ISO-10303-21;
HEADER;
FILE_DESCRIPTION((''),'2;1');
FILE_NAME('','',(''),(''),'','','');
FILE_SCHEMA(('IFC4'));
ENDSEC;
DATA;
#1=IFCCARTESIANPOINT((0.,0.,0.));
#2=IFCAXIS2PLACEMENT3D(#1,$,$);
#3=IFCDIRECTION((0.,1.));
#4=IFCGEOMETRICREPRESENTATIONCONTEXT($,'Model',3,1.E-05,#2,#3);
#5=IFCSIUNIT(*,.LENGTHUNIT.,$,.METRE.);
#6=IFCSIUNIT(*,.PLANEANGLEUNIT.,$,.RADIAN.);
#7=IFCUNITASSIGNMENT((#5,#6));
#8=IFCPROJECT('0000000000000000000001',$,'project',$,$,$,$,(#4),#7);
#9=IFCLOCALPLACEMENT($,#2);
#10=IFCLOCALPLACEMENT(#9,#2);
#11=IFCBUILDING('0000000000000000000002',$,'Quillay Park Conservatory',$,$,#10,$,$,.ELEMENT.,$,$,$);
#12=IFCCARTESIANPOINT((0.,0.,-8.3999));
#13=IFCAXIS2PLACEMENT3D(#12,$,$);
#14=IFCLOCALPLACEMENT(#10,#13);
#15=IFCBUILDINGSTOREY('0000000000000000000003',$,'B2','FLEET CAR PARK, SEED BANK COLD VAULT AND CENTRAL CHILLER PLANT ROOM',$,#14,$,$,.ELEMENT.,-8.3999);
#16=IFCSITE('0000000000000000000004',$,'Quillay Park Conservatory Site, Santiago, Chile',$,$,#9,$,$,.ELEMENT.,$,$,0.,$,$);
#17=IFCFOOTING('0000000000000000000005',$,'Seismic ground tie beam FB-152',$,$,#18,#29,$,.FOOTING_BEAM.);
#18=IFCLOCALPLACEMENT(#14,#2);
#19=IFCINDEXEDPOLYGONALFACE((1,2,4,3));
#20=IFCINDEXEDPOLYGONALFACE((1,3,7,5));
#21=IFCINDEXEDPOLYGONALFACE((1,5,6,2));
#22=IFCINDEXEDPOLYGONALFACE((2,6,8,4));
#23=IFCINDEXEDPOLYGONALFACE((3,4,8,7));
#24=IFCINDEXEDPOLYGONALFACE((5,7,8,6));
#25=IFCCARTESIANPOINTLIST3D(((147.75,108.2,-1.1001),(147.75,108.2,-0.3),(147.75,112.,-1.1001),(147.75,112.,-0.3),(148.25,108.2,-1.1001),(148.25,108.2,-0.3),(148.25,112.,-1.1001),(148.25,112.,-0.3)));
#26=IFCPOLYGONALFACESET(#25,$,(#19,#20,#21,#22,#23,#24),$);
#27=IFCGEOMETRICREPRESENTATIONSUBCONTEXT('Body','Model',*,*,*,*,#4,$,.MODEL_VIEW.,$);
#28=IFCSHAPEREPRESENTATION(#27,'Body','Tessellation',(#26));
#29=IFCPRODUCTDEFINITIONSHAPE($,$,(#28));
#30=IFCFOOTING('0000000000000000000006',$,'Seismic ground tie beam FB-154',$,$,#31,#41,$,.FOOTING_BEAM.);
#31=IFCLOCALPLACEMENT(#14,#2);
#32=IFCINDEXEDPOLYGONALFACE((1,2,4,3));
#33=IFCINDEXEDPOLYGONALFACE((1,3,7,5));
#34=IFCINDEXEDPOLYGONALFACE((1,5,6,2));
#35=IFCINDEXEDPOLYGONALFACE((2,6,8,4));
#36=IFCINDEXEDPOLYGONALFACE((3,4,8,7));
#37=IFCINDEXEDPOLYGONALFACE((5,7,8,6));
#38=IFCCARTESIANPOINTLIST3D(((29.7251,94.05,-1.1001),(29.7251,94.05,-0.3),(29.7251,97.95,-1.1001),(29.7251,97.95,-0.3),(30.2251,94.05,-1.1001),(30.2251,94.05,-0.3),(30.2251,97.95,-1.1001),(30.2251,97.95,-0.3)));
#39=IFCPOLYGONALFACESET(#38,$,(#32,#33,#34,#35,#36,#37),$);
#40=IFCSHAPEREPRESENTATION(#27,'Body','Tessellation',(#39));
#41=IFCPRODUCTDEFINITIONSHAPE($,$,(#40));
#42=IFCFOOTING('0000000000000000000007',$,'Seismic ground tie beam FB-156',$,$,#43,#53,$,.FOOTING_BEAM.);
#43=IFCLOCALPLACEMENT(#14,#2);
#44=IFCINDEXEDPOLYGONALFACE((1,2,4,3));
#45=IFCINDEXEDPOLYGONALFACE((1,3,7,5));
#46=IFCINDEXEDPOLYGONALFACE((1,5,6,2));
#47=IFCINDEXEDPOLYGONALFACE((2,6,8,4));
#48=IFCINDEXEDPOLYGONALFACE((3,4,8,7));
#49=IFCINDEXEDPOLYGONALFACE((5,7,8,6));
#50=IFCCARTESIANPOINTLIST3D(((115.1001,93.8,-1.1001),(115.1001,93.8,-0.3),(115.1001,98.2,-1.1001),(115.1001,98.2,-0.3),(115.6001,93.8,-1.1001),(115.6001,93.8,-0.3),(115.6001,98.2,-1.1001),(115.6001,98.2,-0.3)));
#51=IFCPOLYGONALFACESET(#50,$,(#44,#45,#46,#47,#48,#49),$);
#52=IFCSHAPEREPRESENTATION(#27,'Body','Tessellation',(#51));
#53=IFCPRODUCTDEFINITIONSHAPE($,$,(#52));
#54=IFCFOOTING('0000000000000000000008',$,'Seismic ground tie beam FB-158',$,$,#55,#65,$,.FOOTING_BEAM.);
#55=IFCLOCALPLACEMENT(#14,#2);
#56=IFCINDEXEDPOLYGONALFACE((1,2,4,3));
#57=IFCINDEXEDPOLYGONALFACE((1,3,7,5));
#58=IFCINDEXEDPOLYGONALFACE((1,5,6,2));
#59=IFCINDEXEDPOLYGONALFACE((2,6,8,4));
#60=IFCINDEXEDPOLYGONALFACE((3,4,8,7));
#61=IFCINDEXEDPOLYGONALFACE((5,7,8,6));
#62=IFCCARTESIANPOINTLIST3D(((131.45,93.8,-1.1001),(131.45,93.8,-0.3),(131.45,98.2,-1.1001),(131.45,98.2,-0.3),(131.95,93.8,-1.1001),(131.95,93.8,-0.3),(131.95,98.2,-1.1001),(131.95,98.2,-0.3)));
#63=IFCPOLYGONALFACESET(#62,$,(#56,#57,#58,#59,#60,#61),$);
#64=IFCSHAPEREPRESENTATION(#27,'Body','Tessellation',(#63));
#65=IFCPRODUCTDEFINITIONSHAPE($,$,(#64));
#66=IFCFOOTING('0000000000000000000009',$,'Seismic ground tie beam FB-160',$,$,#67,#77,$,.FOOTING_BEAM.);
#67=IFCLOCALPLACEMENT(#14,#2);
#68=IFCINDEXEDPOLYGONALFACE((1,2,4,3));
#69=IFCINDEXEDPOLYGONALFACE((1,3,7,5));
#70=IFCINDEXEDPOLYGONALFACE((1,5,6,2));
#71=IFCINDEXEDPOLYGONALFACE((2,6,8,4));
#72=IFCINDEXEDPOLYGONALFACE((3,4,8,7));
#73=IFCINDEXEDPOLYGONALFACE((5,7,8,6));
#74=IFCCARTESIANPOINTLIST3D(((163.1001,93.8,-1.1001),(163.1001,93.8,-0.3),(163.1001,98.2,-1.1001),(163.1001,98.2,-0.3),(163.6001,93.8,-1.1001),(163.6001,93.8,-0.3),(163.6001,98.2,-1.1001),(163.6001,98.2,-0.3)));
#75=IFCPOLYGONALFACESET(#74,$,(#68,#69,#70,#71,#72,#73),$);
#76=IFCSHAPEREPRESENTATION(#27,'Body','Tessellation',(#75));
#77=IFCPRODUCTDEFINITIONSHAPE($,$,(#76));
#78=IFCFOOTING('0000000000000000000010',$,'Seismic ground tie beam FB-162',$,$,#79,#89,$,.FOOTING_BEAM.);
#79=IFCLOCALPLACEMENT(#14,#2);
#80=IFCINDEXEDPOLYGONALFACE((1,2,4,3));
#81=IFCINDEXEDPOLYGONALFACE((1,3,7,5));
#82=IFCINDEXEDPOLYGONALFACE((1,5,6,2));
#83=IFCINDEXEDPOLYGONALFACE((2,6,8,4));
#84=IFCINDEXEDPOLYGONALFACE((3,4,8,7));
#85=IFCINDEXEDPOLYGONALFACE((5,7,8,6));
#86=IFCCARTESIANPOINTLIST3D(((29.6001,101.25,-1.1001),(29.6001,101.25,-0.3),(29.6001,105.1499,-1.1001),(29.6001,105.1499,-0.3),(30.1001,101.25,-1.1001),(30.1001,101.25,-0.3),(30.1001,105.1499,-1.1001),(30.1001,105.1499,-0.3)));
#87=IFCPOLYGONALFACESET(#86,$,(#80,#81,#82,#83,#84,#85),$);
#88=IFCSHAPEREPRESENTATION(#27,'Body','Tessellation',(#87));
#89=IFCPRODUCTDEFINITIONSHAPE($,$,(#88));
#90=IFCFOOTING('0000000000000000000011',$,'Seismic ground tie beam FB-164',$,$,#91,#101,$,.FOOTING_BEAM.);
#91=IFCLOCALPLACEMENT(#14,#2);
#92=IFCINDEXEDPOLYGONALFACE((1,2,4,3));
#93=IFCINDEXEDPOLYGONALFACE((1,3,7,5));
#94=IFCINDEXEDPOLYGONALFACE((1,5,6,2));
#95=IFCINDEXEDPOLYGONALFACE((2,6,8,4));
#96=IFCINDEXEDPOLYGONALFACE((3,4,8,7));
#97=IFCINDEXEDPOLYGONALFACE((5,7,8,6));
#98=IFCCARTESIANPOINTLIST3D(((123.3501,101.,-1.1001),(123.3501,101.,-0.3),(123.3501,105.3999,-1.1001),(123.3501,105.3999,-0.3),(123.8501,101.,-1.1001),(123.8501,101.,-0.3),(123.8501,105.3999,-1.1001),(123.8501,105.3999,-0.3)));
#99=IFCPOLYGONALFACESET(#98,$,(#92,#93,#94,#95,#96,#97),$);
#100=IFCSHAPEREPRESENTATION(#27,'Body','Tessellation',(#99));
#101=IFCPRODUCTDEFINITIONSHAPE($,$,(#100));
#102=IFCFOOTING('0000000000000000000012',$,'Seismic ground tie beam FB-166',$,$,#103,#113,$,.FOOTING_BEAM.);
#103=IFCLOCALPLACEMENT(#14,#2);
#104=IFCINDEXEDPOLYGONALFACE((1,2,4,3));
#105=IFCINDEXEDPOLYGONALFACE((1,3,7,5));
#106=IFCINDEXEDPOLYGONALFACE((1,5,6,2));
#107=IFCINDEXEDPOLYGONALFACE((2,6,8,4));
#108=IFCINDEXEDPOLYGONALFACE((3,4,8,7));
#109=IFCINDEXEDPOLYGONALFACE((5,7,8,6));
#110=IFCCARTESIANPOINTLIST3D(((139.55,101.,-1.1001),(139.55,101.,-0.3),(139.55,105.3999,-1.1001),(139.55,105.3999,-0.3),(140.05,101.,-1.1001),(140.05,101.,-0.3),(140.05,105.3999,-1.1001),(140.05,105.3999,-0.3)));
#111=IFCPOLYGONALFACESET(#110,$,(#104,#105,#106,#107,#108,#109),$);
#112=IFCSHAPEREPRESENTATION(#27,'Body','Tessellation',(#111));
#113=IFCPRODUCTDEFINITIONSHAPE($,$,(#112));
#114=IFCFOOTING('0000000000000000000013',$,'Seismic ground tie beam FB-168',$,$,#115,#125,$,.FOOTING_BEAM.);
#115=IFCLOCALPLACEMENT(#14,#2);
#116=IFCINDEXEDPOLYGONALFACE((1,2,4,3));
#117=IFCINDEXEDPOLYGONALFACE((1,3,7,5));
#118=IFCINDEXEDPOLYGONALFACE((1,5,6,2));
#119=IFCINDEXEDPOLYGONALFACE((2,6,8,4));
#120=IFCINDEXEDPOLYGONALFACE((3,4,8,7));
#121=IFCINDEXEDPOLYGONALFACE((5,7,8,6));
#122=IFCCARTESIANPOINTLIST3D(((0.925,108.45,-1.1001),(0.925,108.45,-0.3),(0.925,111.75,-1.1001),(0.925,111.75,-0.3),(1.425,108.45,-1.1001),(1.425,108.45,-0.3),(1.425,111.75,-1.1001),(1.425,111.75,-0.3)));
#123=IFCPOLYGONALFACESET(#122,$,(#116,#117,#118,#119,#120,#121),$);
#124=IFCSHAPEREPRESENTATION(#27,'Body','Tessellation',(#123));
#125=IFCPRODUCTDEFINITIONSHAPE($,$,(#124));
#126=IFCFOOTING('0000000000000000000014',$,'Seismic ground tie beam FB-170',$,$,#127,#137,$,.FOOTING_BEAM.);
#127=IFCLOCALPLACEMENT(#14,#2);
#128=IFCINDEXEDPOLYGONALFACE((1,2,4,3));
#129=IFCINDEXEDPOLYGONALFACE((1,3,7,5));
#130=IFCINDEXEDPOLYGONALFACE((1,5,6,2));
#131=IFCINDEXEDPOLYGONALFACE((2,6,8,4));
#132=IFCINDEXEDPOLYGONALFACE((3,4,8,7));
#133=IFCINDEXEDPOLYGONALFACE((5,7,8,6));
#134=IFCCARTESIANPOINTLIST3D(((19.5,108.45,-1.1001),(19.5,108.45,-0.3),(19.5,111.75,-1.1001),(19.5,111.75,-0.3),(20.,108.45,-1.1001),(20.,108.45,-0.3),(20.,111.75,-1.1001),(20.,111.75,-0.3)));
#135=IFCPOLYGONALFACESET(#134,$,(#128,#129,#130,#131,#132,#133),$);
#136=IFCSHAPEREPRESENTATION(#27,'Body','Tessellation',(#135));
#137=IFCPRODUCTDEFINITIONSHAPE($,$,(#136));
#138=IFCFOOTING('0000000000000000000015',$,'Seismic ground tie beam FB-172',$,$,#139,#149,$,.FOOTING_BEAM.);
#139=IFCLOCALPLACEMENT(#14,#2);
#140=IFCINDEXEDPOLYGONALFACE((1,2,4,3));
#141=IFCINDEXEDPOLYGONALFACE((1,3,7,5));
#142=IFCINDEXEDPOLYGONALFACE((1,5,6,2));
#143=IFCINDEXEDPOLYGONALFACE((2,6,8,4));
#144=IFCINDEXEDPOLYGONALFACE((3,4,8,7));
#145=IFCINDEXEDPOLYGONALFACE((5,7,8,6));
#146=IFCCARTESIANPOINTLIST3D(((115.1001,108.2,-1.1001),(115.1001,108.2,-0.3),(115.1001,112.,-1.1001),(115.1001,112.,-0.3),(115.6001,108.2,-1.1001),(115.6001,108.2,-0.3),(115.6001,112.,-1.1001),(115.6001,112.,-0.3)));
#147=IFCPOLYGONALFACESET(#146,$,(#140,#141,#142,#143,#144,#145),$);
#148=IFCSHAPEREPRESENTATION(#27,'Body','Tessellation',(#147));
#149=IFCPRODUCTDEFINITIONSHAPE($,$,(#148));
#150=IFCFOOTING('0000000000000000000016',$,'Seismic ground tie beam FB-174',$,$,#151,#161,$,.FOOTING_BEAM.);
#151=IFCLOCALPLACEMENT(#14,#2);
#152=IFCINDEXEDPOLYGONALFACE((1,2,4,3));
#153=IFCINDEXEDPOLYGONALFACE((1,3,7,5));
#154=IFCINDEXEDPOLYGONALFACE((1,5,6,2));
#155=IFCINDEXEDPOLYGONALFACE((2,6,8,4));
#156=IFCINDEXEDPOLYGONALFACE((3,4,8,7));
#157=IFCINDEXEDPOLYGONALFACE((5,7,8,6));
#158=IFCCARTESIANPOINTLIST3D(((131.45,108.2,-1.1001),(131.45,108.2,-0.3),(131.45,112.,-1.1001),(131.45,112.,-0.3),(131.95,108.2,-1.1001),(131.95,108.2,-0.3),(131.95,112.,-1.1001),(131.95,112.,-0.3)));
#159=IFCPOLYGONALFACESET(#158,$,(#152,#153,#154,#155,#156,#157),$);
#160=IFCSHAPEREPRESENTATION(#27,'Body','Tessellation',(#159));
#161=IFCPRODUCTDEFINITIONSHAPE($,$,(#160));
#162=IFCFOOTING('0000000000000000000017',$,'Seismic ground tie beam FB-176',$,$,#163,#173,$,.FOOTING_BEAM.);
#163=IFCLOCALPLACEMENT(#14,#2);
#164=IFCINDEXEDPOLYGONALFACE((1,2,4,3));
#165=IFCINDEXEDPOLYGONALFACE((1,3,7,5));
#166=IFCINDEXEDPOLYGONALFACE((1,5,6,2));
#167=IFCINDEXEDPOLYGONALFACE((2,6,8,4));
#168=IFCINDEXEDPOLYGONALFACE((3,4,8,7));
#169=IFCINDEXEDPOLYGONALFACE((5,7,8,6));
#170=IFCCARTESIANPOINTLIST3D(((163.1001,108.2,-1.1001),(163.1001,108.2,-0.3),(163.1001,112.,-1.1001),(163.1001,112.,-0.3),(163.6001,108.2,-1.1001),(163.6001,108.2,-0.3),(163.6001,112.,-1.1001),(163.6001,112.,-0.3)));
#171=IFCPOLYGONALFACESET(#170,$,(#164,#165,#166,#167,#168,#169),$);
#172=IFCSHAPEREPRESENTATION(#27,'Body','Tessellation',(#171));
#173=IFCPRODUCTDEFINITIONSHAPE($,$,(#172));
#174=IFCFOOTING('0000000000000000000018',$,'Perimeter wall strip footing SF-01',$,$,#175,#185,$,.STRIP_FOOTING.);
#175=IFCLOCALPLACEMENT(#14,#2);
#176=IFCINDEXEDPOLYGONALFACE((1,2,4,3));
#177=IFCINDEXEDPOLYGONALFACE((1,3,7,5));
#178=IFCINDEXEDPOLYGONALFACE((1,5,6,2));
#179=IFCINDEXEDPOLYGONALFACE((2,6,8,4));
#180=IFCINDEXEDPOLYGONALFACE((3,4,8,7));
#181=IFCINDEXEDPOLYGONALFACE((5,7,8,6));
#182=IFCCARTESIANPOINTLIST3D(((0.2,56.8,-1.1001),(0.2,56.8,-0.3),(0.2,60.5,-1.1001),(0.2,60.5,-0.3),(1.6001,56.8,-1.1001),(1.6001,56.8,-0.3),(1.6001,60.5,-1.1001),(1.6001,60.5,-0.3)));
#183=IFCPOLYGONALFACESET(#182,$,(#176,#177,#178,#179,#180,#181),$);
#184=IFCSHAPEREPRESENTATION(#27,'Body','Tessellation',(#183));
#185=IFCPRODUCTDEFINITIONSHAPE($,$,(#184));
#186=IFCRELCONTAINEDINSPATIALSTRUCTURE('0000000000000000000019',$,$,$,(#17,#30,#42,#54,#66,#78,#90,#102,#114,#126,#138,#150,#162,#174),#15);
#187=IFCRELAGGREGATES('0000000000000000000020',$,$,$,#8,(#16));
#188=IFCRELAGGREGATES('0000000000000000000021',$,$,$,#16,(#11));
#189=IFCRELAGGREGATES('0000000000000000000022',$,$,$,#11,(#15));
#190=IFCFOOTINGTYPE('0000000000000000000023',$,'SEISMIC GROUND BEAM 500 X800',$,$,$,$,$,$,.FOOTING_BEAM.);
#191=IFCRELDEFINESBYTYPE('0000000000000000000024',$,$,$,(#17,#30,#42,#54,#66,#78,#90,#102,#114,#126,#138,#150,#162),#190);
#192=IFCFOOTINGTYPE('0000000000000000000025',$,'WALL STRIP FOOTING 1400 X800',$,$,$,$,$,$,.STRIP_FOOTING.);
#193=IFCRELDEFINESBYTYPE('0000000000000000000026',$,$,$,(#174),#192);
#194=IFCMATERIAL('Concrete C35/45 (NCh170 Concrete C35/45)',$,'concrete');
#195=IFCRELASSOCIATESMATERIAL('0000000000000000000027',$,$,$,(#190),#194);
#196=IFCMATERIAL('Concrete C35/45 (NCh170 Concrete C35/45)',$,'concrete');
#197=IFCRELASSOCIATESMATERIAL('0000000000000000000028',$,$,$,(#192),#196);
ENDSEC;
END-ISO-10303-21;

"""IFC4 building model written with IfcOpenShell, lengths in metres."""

from ifc_helpers import new_model, si_unit, direction, frame, origin, place, context, subcontext, project, spatial, polyline, outline, extrude, material, type_object, element, save


model = new_model("IFC4")

# Units and contexts
model_context = context("Model", 3, precision=1e-05, world=origin(), true_north=direction((0.0, 1.0)))
body_context = subcontext(model_context, "Body", "Model", "MODEL_VIEW")
ifc_project = project(units=[si_unit("LENGTHUNIT", "METRE"), si_unit("PLANEANGLEUNIT", "RADIAN")], contexts=[model_context])

# Site, building, storey
site_placement = place(None, origin())
site = spatial("IfcSite", under=ifc_project, at=site_placement, Name="Quillay Park Conservatory Site, Santiago, Chile", CompositionType="ELEMENT", RefElevation=0.0)
building_placement = place(site_placement, origin())
building = spatial("IfcBuilding", under=site, at=building_placement, Name="Quillay Park Conservatory", CompositionType="ELEMENT")
storey_placement = place(building_placement, frame((0.0, 0.0, -8.3999)))
storey = spatial("IfcBuildingStorey", under=building, at=storey_placement, Name="B2", Description="FLEET CAR PARK, SEED BANK COLD VAULT AND CENTRAL CHILLER PLANT ROOM", CompositionType="ELEMENT", Elevation=-8.3999)

# Footings
ifc_material_1 = material(Name="Concrete C35/45 (NCh170 Concrete C35/45)", Category="concrete")
footing_type_1 = type_object("IfcFootingType", Name="SEISMIC GROUND BEAM 500 X800", PredefinedType="FOOTING_BEAM", material=ifc_material_1)
footing_1_placement = place(storey_placement, frame((0.0, 0.0, -1.1001)))
element("IfcFooting", 1, at=footing_1_placement, inside=storey, type_object=footing_type_1, Name="Seismic ground tie beam FB-152", PredefinedType="FOOTING_BEAM", context=body_context, shape_type="SweptSolid", body=[
    extrude(outline(polyline([(147.75, 108.2), (148.25, 108.2), (148.25, 112.0), (147.75, 112.0), (147.75, 108.2)])), origin(), (0.0, 0.0, 1.0), 0.8),
])
footing_2_placement = place(storey_placement, frame((0.0, 0.0, -1.1001)))
element("IfcFooting", 2, at=footing_2_placement, inside=storey, type_object=footing_type_1, Name="Seismic ground tie beam FB-154", PredefinedType="FOOTING_BEAM", context=body_context, shape_type="SweptSolid", body=[
    extrude(outline(polyline([(29.7251, 94.05), (30.2251, 94.05), (30.2251, 97.95), (29.7251, 97.95), (29.7251, 94.05)])), origin(), (0.0, 0.0, 1.0), 0.8),
])
footing_3_placement = place(storey_placement, frame((0.0, 0.0, -1.1001)))
element("IfcFooting", 3, at=footing_3_placement, inside=storey, type_object=footing_type_1, Name="Seismic ground tie beam FB-156", PredefinedType="FOOTING_BEAM", context=body_context, shape_type="SweptSolid", body=[
    extrude(outline(polyline([(115.1001, 93.8), (115.6001, 93.8), (115.6001, 98.2), (115.1001, 98.2), (115.1001, 93.8)])), origin(), (0.0, 0.0, 1.0), 0.8),
])
footing_4_placement = place(storey_placement, frame((0.0, 0.0, -1.1001)))
element("IfcFooting", 4, at=footing_4_placement, inside=storey, type_object=footing_type_1, Name="Seismic ground tie beam FB-158", PredefinedType="FOOTING_BEAM", context=body_context, shape_type="SweptSolid", body=[
    extrude(outline(polyline([(131.45, 93.8), (131.95, 93.8), (131.95, 98.2), (131.45, 98.2), (131.45, 93.8)])), origin(), (0.0, 0.0, 1.0), 0.8),
])
footing_5_placement = place(storey_placement, frame((0.0, 0.0, -1.1001)))
element("IfcFooting", 5, at=footing_5_placement, inside=storey, type_object=footing_type_1, Name="Seismic ground tie beam FB-160", PredefinedType="FOOTING_BEAM", context=body_context, shape_type="SweptSolid", body=[
    extrude(outline(polyline([(163.1001, 93.8), (163.6001, 93.8), (163.6001, 98.2), (163.1001, 98.2), (163.1001, 93.8)])), origin(), (0.0, 0.0, 1.0), 0.8),
])
footing_6_placement = place(storey_placement, frame((0.0, 0.0, -1.1001)))
element("IfcFooting", 6, at=footing_6_placement, inside=storey, type_object=footing_type_1, Name="Seismic ground tie beam FB-162", PredefinedType="FOOTING_BEAM", context=body_context, shape_type="SweptSolid", body=[
    extrude(outline(polyline([(29.6001, 101.25), (30.1001, 101.25), (30.1001, 105.1499), (29.6001, 105.1499), (29.6001, 101.25)])), origin(), (0.0, 0.0, 1.0), 0.8),
])
footing_7_placement = place(storey_placement, frame((0.0, 0.0, -1.1001)))
element("IfcFooting", 7, at=footing_7_placement, inside=storey, type_object=footing_type_1, Name="Seismic ground tie beam FB-164", PredefinedType="FOOTING_BEAM", context=body_context, shape_type="SweptSolid", body=[
    extrude(outline(polyline([(123.3501, 101.0), (123.8501, 101.0), (123.8501, 105.3999), (123.3501, 105.3999), (123.3501, 101.0)])), origin(), (0.0, 0.0, 1.0), 0.8),
])
footing_8_placement = place(storey_placement, frame((0.0, 0.0, -1.1001)))
element("IfcFooting", 8, at=footing_8_placement, inside=storey, type_object=footing_type_1, Name="Seismic ground tie beam FB-166", PredefinedType="FOOTING_BEAM", context=body_context, shape_type="SweptSolid", body=[
    extrude(outline(polyline([(139.55, 101.0), (140.05, 101.0), (140.05, 105.3999), (139.55, 105.3999), (139.55, 101.0)])), origin(), (0.0, 0.0, 1.0), 0.8),
])
footing_9_placement = place(storey_placement, frame((0.0, 0.0, -1.1001)))
element("IfcFooting", 9, at=footing_9_placement, inside=storey, type_object=footing_type_1, Name="Seismic ground tie beam FB-168", PredefinedType="FOOTING_BEAM", context=body_context, shape_type="SweptSolid", body=[
    extrude(outline(polyline([(0.925, 108.45), (1.425, 108.45), (1.425, 111.75), (0.925, 111.75), (0.925, 108.45)])), origin(), (0.0, 0.0, 1.0), 0.8),
])
footing_10_placement = place(storey_placement, frame((0.0, 0.0, -1.1001)))
element("IfcFooting", 10, at=footing_10_placement, inside=storey, type_object=footing_type_1, Name="Seismic ground tie beam FB-170", PredefinedType="FOOTING_BEAM", context=body_context, shape_type="SweptSolid", body=[
    extrude(outline(polyline([(19.5, 108.45), (20.0, 108.45), (20.0, 111.75), (19.5, 111.75), (19.5, 108.45)])), origin(), (0.0, 0.0, 1.0), 0.8),
])
footing_11_placement = place(storey_placement, frame((0.0, 0.0, -1.1001)))
element("IfcFooting", 11, at=footing_11_placement, inside=storey, type_object=footing_type_1, Name="Seismic ground tie beam FB-172", PredefinedType="FOOTING_BEAM", context=body_context, shape_type="SweptSolid", body=[
    extrude(outline(polyline([(115.1001, 108.2), (115.6001, 108.2), (115.6001, 112.0), (115.1001, 112.0), (115.1001, 108.2)])), origin(), (0.0, 0.0, 1.0), 0.8),
])
footing_12_placement = place(storey_placement, frame((0.0, 0.0, -1.1001)))
element("IfcFooting", 12, at=footing_12_placement, inside=storey, type_object=footing_type_1, Name="Seismic ground tie beam FB-174", PredefinedType="FOOTING_BEAM", context=body_context, shape_type="SweptSolid", body=[
    extrude(outline(polyline([(131.45, 108.2), (131.95, 108.2), (131.95, 112.0), (131.45, 112.0), (131.45, 108.2)])), origin(), (0.0, 0.0, 1.0), 0.8),
])
footing_13_placement = place(storey_placement, frame((0.0, 0.0, -1.1001)))
element("IfcFooting", 13, at=footing_13_placement, inside=storey, type_object=footing_type_1, Name="Seismic ground tie beam FB-176", PredefinedType="FOOTING_BEAM", context=body_context, shape_type="SweptSolid", body=[
    extrude(outline(polyline([(163.1001, 108.2), (163.6001, 108.2), (163.6001, 112.0), (163.1001, 112.0), (163.1001, 108.2)])), origin(), (0.0, 0.0, 1.0), 0.8),
])
ifc_material_2 = material(Name="Concrete C35/45 (NCh170 Concrete C35/45)", Category="concrete")
footing_type_2 = type_object("IfcFootingType", Name="WALL STRIP FOOTING 1400 X800", PredefinedType="STRIP_FOOTING", material=ifc_material_2)
footing_14_placement = place(storey_placement, frame((0.0, 0.0, -1.1001)))
element("IfcFooting", 14, at=footing_14_placement, inside=storey, type_object=footing_type_2, Name="Perimeter wall strip footing SF-01", PredefinedType="STRIP_FOOTING", context=body_context, shape_type="SweptSolid", body=[
    extrude(outline(polyline([(0.2, 56.8), (1.6001, 56.8), (1.6001, 60.5), (0.2, 60.5), (0.2, 56.8)])), origin(), (0.0, 0.0, 1.0), 0.8),
])

save(model, "model.ifc")
